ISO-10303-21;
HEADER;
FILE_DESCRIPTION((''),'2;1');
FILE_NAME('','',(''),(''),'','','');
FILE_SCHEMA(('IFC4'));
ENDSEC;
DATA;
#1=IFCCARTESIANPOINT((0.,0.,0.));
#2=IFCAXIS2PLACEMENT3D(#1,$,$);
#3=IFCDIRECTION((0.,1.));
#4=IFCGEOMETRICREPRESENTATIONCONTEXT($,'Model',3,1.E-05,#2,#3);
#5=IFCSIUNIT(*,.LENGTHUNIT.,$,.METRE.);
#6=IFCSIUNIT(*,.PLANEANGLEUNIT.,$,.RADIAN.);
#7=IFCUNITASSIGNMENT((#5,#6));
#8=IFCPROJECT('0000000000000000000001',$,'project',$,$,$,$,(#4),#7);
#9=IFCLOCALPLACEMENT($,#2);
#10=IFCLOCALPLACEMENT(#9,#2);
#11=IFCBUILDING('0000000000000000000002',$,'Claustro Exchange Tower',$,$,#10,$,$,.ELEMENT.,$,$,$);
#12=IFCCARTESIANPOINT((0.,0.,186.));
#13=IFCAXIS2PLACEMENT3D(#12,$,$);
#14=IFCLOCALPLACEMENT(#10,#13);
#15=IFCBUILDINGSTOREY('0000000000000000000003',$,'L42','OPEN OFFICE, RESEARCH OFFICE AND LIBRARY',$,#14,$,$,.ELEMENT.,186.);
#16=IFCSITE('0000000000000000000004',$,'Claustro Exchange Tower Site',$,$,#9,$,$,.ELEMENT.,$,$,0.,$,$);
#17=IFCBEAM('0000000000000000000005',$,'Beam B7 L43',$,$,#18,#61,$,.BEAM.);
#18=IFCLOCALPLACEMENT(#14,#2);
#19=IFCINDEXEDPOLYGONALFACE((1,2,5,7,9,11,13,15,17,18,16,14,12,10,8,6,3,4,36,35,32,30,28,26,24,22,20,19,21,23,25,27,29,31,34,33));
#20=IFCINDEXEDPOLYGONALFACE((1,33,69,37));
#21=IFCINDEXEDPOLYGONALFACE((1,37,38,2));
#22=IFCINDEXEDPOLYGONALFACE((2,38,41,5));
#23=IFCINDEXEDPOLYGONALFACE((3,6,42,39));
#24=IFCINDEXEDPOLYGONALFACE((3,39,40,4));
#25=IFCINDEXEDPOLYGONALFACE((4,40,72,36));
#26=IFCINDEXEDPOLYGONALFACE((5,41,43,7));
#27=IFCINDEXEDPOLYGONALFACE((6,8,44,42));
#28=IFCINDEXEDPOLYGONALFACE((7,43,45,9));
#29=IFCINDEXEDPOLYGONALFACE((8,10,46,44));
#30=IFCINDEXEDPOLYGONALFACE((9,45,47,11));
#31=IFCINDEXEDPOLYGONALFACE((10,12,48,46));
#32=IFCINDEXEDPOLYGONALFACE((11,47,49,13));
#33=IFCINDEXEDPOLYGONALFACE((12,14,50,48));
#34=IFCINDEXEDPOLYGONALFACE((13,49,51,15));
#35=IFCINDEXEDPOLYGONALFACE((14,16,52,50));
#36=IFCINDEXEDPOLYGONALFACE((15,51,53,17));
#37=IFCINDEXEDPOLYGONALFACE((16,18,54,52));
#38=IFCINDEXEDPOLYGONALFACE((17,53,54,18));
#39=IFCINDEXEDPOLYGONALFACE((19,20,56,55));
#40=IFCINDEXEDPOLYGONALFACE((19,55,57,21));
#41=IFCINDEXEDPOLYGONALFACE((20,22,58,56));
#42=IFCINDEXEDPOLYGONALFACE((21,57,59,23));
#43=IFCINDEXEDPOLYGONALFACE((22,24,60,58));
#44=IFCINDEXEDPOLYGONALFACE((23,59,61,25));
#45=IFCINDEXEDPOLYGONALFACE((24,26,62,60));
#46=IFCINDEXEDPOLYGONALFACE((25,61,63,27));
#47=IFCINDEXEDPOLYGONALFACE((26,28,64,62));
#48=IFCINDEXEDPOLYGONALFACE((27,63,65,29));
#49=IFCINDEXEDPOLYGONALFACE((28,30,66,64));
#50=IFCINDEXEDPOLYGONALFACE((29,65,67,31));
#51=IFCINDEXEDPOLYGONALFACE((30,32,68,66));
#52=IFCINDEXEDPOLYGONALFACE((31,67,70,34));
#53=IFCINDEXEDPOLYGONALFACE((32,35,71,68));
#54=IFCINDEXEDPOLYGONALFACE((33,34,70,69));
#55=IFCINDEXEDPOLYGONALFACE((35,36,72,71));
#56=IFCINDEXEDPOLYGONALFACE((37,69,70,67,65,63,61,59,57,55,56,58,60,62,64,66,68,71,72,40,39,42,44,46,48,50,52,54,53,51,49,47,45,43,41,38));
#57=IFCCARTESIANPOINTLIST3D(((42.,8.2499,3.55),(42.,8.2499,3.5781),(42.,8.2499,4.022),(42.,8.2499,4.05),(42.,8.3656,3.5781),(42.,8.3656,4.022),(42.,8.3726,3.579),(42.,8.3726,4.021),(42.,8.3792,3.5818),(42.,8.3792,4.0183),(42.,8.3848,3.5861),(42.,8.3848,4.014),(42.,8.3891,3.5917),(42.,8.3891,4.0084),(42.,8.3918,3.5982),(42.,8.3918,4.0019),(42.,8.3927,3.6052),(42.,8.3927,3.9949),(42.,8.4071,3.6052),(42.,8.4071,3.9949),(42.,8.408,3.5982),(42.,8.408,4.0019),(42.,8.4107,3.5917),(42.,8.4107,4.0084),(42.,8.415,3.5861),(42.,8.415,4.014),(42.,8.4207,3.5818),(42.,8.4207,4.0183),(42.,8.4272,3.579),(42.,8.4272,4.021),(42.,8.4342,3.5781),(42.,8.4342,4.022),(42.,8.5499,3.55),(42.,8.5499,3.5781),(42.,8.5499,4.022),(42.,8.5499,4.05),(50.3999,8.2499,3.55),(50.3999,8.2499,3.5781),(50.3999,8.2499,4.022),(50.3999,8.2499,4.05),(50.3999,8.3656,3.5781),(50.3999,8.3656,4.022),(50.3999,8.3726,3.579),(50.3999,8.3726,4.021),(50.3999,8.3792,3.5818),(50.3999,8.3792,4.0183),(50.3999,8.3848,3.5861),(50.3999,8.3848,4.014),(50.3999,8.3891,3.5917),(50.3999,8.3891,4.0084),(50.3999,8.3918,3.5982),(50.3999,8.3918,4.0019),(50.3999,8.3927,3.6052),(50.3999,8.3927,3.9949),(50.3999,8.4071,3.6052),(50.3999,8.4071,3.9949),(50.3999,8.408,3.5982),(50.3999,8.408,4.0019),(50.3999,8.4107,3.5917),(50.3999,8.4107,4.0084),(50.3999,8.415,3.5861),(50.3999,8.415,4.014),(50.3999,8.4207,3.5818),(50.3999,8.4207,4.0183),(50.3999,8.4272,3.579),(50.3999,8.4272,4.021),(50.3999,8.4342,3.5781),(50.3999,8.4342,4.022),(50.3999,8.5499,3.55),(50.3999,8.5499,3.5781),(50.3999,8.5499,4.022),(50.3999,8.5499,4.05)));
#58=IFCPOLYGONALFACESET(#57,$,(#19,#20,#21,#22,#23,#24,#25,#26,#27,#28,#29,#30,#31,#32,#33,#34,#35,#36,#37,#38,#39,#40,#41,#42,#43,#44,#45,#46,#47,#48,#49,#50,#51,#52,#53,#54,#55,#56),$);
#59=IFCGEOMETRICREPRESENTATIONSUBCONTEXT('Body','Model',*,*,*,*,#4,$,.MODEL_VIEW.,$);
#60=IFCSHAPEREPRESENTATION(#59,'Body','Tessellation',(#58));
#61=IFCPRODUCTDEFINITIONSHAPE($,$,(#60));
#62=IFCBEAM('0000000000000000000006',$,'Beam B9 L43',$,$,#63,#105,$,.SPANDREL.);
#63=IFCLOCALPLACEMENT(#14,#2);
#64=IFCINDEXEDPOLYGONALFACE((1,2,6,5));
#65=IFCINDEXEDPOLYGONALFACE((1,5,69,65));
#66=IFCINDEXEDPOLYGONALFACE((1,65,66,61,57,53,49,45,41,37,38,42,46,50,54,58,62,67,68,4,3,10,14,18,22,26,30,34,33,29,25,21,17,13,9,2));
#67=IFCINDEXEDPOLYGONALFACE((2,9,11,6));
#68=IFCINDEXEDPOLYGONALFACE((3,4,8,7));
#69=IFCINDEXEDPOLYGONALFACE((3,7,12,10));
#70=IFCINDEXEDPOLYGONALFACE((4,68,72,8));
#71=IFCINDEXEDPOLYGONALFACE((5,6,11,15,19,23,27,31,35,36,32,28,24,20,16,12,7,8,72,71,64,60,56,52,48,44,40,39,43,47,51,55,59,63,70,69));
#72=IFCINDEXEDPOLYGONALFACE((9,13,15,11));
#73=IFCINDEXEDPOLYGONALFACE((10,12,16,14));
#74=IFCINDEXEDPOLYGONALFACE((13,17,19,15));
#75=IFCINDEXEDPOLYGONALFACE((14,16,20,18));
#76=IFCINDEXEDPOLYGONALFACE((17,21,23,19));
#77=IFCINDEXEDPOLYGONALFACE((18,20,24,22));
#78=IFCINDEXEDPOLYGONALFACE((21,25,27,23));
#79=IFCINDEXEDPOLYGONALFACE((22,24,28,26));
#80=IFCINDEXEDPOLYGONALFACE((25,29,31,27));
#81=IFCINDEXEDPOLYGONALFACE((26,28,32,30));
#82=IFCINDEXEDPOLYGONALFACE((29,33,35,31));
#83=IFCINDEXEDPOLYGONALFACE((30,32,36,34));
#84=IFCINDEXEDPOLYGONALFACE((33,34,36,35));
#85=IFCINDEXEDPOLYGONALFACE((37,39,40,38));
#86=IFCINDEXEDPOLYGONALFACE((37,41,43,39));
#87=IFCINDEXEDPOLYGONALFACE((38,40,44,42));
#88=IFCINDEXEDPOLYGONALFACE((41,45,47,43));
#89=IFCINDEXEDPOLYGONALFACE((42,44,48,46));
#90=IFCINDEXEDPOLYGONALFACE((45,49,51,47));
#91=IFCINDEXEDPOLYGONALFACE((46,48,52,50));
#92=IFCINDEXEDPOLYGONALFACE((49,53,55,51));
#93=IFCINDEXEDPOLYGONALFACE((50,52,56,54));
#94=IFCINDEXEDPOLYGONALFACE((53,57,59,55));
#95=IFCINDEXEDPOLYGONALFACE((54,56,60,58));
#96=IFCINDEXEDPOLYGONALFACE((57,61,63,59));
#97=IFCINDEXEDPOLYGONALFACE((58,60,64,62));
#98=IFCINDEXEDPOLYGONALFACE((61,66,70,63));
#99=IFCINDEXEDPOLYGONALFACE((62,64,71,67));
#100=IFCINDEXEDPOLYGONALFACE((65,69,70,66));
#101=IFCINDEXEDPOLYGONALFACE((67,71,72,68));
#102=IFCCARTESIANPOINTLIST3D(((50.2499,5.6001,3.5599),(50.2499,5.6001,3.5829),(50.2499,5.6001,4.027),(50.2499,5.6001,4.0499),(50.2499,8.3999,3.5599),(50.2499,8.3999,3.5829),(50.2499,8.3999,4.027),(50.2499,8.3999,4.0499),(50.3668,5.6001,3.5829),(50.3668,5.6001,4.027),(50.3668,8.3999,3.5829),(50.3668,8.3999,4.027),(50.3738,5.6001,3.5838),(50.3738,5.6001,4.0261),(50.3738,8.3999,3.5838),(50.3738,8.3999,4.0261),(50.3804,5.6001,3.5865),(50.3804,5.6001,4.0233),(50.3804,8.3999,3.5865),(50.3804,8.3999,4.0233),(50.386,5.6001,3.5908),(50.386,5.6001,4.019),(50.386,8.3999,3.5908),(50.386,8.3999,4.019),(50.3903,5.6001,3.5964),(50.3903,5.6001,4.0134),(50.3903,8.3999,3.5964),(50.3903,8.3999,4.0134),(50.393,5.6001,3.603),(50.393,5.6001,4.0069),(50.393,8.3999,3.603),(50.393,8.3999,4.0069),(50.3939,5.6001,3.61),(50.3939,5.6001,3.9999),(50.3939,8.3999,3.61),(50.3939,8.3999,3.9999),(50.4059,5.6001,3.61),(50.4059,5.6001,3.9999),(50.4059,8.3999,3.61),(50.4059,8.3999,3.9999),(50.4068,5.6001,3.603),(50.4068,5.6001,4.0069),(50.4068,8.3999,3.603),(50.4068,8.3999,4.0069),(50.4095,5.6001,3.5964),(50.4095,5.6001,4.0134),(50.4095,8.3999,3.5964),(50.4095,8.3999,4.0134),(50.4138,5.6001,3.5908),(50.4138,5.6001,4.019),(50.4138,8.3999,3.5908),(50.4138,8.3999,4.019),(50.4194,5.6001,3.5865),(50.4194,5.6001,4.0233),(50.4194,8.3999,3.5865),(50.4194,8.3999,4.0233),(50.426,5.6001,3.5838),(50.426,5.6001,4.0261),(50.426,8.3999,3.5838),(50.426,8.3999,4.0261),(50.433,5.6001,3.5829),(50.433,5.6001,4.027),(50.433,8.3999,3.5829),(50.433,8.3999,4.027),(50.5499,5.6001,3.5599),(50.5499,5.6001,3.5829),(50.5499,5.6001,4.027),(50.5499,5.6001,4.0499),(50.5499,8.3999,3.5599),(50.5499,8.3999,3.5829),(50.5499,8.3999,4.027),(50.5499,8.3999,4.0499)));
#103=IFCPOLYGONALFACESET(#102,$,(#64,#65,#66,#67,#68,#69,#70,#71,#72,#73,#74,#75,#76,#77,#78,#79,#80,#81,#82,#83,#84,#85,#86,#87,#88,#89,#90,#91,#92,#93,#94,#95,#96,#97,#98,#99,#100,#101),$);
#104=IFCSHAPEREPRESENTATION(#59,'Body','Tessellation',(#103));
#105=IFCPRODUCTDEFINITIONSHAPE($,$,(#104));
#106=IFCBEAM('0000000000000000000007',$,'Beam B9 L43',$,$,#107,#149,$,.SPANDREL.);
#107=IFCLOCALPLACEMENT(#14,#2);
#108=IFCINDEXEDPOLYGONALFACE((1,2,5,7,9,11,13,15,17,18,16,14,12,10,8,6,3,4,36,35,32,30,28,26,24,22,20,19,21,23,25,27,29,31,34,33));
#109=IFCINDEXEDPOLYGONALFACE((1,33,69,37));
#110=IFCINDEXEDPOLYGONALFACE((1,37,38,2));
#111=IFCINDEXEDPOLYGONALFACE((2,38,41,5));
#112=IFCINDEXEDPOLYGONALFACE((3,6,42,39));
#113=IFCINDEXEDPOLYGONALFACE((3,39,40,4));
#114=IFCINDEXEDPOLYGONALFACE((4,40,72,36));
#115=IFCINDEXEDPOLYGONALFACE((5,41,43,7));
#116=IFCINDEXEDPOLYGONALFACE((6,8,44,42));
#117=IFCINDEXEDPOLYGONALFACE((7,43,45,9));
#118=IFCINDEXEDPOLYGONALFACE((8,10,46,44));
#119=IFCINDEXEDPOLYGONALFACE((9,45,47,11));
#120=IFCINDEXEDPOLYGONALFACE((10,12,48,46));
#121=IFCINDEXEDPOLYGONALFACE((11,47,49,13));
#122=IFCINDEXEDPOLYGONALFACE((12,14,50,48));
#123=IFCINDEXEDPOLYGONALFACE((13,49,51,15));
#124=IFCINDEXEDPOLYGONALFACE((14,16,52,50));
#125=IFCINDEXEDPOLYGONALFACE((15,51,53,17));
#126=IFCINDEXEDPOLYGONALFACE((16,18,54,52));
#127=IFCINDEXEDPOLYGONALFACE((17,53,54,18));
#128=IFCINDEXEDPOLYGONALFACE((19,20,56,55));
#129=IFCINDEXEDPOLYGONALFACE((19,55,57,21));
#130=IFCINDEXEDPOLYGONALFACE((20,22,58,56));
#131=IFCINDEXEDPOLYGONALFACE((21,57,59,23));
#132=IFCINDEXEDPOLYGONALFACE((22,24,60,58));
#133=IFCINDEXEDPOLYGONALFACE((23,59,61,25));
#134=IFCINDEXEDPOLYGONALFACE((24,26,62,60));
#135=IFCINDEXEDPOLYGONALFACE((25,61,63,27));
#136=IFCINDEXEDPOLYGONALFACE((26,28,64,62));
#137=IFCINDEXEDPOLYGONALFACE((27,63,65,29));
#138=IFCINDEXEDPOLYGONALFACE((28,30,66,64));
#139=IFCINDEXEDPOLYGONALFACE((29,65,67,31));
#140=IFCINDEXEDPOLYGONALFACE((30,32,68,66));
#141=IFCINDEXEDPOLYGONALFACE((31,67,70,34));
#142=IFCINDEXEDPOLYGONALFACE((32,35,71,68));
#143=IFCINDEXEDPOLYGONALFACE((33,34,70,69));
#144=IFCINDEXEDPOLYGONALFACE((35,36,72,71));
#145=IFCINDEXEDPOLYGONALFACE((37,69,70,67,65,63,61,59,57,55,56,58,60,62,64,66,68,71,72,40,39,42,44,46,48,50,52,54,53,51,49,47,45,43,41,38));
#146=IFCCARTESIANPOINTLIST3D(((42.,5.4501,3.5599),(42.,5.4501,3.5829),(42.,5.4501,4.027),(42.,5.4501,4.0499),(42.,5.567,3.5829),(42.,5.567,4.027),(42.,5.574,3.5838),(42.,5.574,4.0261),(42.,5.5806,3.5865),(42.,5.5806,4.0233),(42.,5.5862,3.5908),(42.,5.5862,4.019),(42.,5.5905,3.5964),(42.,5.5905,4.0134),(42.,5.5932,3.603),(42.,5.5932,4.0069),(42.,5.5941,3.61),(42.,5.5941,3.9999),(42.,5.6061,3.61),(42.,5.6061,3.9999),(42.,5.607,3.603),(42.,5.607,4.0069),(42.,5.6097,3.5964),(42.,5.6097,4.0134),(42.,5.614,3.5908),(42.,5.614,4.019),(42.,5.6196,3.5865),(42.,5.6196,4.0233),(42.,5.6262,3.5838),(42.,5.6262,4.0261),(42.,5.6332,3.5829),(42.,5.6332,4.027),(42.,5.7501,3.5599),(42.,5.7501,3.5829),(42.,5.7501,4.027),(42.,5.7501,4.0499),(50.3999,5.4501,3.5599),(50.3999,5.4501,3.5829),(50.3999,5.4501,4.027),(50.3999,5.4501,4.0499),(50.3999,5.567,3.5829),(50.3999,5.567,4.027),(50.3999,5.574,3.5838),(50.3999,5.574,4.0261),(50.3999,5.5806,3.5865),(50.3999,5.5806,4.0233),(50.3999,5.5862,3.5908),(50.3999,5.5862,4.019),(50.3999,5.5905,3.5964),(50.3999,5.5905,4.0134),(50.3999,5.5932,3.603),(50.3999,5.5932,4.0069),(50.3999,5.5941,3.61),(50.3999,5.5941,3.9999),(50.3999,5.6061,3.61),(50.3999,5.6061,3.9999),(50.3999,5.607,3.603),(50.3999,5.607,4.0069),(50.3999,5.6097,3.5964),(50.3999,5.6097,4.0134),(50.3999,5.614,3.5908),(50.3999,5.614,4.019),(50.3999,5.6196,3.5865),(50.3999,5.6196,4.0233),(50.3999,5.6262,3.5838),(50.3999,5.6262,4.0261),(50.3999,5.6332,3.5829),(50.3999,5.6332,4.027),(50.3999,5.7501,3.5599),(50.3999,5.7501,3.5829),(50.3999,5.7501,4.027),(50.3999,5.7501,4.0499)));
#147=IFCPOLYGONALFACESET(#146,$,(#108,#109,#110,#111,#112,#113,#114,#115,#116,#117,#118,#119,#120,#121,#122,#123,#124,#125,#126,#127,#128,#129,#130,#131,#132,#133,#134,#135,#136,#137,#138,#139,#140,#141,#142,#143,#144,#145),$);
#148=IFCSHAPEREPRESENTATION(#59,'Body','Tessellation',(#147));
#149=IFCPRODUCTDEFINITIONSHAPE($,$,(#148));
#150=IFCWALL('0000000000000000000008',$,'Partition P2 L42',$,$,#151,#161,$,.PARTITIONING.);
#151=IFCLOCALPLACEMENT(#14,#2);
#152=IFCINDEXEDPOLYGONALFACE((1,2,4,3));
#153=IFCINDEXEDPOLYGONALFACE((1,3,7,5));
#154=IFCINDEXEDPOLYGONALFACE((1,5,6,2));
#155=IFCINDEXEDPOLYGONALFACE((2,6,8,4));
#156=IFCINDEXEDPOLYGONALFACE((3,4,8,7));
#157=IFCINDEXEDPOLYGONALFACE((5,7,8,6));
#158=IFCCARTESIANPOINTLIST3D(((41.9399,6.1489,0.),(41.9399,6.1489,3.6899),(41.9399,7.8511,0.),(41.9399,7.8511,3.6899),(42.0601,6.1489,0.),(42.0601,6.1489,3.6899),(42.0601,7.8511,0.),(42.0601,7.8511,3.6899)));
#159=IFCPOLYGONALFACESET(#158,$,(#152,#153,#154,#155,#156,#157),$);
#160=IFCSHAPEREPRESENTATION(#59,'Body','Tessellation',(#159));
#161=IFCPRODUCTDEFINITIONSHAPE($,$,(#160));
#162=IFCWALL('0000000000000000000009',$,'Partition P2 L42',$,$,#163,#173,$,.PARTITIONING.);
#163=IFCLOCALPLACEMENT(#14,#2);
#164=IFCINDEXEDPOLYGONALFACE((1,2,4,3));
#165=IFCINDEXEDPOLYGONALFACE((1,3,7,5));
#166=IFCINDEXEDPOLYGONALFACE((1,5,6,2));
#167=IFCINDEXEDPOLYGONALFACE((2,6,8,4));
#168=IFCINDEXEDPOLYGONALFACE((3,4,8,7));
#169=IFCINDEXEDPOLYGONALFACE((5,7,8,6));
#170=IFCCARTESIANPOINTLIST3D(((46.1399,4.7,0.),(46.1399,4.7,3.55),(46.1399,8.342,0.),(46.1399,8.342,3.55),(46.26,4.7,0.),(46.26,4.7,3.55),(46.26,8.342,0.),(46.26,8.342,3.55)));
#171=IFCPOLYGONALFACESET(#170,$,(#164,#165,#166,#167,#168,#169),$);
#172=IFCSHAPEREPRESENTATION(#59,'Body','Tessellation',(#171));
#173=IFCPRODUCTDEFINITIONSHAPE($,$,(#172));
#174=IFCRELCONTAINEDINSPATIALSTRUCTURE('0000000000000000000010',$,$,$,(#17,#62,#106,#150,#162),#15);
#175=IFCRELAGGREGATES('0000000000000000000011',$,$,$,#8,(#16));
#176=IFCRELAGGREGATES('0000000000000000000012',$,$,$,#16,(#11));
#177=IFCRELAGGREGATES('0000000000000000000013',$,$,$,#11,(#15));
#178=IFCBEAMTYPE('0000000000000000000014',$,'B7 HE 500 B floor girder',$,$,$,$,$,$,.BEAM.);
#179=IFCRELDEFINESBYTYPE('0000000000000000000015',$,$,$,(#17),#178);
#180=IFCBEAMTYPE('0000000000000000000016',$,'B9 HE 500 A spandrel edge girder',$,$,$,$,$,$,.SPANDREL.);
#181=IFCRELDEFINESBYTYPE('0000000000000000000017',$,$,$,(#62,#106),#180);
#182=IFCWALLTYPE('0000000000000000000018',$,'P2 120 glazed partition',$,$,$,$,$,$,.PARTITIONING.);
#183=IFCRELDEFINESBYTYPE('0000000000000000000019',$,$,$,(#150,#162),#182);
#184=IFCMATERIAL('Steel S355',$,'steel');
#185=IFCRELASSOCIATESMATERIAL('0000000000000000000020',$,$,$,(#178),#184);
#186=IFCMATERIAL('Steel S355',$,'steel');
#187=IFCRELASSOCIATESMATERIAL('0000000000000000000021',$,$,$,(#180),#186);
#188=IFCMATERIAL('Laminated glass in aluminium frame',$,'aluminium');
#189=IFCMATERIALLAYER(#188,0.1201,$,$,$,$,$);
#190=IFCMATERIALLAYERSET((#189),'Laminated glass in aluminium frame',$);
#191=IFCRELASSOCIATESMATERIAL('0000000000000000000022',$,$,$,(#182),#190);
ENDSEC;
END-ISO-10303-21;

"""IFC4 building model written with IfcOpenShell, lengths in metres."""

from ifc_helpers import new_model, si_unit, direction, frame, frame_2d, origin, origin_2d, place, context, subcontext, project, spatial, rectangle, i_section, extrude, material, layer, layer_set, material_profile, profile_set, type_object, element, save


model = new_model("IFC4")

# Units and contexts
model_context = context("Model", 3, precision=1e-05, world=origin(), true_north=direction((0.0, 1.0)))
body_context = subcontext(model_context, "Body", "Model", "MODEL_VIEW")
ifc_project = project(units=[si_unit("LENGTHUNIT", "METRE"), si_unit("PLANEANGLEUNIT", "RADIAN")], contexts=[model_context])

# Site, building, storey
site_placement = place(None, origin())
site = spatial("IfcSite", under=ifc_project, at=site_placement, Name="Claustro Exchange Tower Site", CompositionType="ELEMENT", RefElevation=0.0)
building_placement = place(site_placement, origin())
building = spatial("IfcBuilding", under=site, at=building_placement, Name="Claustro Exchange Tower", CompositionType="ELEMENT")
storey_placement = place(building_placement, frame((0.0, 0.0, 186.0)))
storey = spatial("IfcBuildingStorey", under=building, at=storey_placement, Name="L42", Description="OPEN OFFICE, RESEARCH OFFICE AND LIBRARY", CompositionType="ELEMENT", Elevation=186.0)

# Beams
ifc_material_1 = material(Name="Steel S355", Category="steel")
ifc_material_profile_1 = material_profile(ifc_material_1, i_section(OverallWidth=0.3, OverallDepth=0.5, WebThickness=0.0144, FlangeThickness=0.0281, FilletRadius=0.0271, at=origin_2d()), Name="HE 500 B")
ifc_profile_set_1 = profile_set([ifc_material_profile_1], Name="Steel S355")
beam_type_1 = type_object("IfcBeamType", Name="B7 HE 500 B floor girder", PredefinedType="BEAM", material=ifc_profile_set_1)
beam_1_placement = place(storey_placement, frame((42.0, 8.3999, 3.8), z_axis=(1.0, 0.0, 0.0), x_axis=(0.0, 1.0, 0.0)))
element("IfcBeam", 1, at=beam_1_placement, inside=storey, type_object=beam_type_1, Name="Beam B7 L43", PredefinedType="BEAM", context=body_context, shape_type="SweptSolid", body=[
    extrude(i_section(OverallWidth=0.3, OverallDepth=0.5, WebThickness=0.0144, FlangeThickness=0.0281, FilletRadius=0.0271, at=origin_2d()), origin(), (0.0, 0.0, 1.0), 8.3999),
])
ifc_material_2 = material(Name="Steel S355", Category="steel")
ifc_material_profile_2 = material_profile(ifc_material_2, i_section(OverallWidth=0.3, OverallDepth=0.49, WebThickness=0.012, FlangeThickness=0.0229, FilletRadius=0.0271, at=origin_2d()), Name="HE 500 A")
ifc_profile_set_2 = profile_set([ifc_material_profile_2], Name="Steel S355")
beam_type_2 = type_object("IfcBeamType", Name="B9 HE 500 A spandrel edge girder", PredefinedType="SPANDREL", material=ifc_profile_set_2)
beam_2_placement = place(storey_placement, frame((50.3999, 5.6001, 3.8049), z_axis=(0.0, 1.0, 0.0), x_axis=(-1.0, 0.0, 0.0)))
element("IfcBeam", 2, at=beam_2_placement, inside=storey, type_object=beam_type_2, Name="Beam B9 L43", PredefinedType="SPANDREL", context=body_context, shape_type="SweptSolid", body=[
    extrude(i_section(OverallWidth=0.3, OverallDepth=0.49, WebThickness=0.012, FlangeThickness=0.0229, FilletRadius=0.0271, at=origin_2d()), origin(), (0.0, 0.0, 1.0), 2.7998),
])
beam_3_placement = place(storey_placement, frame((42.0, 5.6001, 3.8049), z_axis=(1.0, 0.0, 0.0), x_axis=(0.0, 1.0, 0.0)))
element("IfcBeam", 3, at=beam_3_placement, inside=storey, type_object=beam_type_2, Name="Beam B9 L43", PredefinedType="SPANDREL", context=body_context, shape_type="SweptSolid", body=[
    extrude(i_section(OverallWidth=0.3, OverallDepth=0.49, WebThickness=0.012, FlangeThickness=0.0229, FilletRadius=0.0271, at=origin_2d()), origin(), (0.0, 0.0, 1.0), 8.3999),
])

# Shared definitions
ifc_material_3 = material(Name="Laminated glass in aluminium frame", Category="aluminium")
ifc_layer_1 = layer(ifc_material_3, 0.1201)
ifc_layer_set_1 = layer_set([ifc_layer_1], Name="Laminated glass in aluminium frame")
wall_type_1 = type_object("IfcWallType", Name="P2 120 glazed partition", PredefinedType="PARTITIONING", material=ifc_layer_set_1)

# Walls
wall_1_placement = place(storey_placement, frame((42.0, 6.1489, 0.0), z_axis=(0.0, 0.0, 1.0), x_axis=(0.0, 1.0, 0.0)))
element("IfcWall", 4, at=wall_1_placement, inside=storey, type_object=wall_type_1, Name="Partition P2 L42", PredefinedType="PARTITIONING", context=body_context, shape_type="SweptSolid", body=[
    extrude(rectangle(XDim=1.7021, YDim=0.1201, at=frame_2d((0.8511, 0.0))), origin(), (0.0, 0.0, 1.0), 3.6899),
])
wall_2_placement = place(storey_placement, frame((46.2, 4.7, 0.0), z_axis=(0.0, 0.0, 1.0), x_axis=(0.0, 1.0, 0.0)))
element("IfcWall", 5, at=wall_2_placement, inside=storey, type_object=wall_type_1, Name="Partition P2 L42", PredefinedType="PARTITIONING", context=body_context, shape_type="SweptSolid", body=[
    extrude(rectangle(XDim=3.6421, YDim=0.1201, at=frame_2d((1.821, 0.0))), origin(), (0.0, 0.0, 1.0), 3.55),
])

save(model, "model.ifc")
